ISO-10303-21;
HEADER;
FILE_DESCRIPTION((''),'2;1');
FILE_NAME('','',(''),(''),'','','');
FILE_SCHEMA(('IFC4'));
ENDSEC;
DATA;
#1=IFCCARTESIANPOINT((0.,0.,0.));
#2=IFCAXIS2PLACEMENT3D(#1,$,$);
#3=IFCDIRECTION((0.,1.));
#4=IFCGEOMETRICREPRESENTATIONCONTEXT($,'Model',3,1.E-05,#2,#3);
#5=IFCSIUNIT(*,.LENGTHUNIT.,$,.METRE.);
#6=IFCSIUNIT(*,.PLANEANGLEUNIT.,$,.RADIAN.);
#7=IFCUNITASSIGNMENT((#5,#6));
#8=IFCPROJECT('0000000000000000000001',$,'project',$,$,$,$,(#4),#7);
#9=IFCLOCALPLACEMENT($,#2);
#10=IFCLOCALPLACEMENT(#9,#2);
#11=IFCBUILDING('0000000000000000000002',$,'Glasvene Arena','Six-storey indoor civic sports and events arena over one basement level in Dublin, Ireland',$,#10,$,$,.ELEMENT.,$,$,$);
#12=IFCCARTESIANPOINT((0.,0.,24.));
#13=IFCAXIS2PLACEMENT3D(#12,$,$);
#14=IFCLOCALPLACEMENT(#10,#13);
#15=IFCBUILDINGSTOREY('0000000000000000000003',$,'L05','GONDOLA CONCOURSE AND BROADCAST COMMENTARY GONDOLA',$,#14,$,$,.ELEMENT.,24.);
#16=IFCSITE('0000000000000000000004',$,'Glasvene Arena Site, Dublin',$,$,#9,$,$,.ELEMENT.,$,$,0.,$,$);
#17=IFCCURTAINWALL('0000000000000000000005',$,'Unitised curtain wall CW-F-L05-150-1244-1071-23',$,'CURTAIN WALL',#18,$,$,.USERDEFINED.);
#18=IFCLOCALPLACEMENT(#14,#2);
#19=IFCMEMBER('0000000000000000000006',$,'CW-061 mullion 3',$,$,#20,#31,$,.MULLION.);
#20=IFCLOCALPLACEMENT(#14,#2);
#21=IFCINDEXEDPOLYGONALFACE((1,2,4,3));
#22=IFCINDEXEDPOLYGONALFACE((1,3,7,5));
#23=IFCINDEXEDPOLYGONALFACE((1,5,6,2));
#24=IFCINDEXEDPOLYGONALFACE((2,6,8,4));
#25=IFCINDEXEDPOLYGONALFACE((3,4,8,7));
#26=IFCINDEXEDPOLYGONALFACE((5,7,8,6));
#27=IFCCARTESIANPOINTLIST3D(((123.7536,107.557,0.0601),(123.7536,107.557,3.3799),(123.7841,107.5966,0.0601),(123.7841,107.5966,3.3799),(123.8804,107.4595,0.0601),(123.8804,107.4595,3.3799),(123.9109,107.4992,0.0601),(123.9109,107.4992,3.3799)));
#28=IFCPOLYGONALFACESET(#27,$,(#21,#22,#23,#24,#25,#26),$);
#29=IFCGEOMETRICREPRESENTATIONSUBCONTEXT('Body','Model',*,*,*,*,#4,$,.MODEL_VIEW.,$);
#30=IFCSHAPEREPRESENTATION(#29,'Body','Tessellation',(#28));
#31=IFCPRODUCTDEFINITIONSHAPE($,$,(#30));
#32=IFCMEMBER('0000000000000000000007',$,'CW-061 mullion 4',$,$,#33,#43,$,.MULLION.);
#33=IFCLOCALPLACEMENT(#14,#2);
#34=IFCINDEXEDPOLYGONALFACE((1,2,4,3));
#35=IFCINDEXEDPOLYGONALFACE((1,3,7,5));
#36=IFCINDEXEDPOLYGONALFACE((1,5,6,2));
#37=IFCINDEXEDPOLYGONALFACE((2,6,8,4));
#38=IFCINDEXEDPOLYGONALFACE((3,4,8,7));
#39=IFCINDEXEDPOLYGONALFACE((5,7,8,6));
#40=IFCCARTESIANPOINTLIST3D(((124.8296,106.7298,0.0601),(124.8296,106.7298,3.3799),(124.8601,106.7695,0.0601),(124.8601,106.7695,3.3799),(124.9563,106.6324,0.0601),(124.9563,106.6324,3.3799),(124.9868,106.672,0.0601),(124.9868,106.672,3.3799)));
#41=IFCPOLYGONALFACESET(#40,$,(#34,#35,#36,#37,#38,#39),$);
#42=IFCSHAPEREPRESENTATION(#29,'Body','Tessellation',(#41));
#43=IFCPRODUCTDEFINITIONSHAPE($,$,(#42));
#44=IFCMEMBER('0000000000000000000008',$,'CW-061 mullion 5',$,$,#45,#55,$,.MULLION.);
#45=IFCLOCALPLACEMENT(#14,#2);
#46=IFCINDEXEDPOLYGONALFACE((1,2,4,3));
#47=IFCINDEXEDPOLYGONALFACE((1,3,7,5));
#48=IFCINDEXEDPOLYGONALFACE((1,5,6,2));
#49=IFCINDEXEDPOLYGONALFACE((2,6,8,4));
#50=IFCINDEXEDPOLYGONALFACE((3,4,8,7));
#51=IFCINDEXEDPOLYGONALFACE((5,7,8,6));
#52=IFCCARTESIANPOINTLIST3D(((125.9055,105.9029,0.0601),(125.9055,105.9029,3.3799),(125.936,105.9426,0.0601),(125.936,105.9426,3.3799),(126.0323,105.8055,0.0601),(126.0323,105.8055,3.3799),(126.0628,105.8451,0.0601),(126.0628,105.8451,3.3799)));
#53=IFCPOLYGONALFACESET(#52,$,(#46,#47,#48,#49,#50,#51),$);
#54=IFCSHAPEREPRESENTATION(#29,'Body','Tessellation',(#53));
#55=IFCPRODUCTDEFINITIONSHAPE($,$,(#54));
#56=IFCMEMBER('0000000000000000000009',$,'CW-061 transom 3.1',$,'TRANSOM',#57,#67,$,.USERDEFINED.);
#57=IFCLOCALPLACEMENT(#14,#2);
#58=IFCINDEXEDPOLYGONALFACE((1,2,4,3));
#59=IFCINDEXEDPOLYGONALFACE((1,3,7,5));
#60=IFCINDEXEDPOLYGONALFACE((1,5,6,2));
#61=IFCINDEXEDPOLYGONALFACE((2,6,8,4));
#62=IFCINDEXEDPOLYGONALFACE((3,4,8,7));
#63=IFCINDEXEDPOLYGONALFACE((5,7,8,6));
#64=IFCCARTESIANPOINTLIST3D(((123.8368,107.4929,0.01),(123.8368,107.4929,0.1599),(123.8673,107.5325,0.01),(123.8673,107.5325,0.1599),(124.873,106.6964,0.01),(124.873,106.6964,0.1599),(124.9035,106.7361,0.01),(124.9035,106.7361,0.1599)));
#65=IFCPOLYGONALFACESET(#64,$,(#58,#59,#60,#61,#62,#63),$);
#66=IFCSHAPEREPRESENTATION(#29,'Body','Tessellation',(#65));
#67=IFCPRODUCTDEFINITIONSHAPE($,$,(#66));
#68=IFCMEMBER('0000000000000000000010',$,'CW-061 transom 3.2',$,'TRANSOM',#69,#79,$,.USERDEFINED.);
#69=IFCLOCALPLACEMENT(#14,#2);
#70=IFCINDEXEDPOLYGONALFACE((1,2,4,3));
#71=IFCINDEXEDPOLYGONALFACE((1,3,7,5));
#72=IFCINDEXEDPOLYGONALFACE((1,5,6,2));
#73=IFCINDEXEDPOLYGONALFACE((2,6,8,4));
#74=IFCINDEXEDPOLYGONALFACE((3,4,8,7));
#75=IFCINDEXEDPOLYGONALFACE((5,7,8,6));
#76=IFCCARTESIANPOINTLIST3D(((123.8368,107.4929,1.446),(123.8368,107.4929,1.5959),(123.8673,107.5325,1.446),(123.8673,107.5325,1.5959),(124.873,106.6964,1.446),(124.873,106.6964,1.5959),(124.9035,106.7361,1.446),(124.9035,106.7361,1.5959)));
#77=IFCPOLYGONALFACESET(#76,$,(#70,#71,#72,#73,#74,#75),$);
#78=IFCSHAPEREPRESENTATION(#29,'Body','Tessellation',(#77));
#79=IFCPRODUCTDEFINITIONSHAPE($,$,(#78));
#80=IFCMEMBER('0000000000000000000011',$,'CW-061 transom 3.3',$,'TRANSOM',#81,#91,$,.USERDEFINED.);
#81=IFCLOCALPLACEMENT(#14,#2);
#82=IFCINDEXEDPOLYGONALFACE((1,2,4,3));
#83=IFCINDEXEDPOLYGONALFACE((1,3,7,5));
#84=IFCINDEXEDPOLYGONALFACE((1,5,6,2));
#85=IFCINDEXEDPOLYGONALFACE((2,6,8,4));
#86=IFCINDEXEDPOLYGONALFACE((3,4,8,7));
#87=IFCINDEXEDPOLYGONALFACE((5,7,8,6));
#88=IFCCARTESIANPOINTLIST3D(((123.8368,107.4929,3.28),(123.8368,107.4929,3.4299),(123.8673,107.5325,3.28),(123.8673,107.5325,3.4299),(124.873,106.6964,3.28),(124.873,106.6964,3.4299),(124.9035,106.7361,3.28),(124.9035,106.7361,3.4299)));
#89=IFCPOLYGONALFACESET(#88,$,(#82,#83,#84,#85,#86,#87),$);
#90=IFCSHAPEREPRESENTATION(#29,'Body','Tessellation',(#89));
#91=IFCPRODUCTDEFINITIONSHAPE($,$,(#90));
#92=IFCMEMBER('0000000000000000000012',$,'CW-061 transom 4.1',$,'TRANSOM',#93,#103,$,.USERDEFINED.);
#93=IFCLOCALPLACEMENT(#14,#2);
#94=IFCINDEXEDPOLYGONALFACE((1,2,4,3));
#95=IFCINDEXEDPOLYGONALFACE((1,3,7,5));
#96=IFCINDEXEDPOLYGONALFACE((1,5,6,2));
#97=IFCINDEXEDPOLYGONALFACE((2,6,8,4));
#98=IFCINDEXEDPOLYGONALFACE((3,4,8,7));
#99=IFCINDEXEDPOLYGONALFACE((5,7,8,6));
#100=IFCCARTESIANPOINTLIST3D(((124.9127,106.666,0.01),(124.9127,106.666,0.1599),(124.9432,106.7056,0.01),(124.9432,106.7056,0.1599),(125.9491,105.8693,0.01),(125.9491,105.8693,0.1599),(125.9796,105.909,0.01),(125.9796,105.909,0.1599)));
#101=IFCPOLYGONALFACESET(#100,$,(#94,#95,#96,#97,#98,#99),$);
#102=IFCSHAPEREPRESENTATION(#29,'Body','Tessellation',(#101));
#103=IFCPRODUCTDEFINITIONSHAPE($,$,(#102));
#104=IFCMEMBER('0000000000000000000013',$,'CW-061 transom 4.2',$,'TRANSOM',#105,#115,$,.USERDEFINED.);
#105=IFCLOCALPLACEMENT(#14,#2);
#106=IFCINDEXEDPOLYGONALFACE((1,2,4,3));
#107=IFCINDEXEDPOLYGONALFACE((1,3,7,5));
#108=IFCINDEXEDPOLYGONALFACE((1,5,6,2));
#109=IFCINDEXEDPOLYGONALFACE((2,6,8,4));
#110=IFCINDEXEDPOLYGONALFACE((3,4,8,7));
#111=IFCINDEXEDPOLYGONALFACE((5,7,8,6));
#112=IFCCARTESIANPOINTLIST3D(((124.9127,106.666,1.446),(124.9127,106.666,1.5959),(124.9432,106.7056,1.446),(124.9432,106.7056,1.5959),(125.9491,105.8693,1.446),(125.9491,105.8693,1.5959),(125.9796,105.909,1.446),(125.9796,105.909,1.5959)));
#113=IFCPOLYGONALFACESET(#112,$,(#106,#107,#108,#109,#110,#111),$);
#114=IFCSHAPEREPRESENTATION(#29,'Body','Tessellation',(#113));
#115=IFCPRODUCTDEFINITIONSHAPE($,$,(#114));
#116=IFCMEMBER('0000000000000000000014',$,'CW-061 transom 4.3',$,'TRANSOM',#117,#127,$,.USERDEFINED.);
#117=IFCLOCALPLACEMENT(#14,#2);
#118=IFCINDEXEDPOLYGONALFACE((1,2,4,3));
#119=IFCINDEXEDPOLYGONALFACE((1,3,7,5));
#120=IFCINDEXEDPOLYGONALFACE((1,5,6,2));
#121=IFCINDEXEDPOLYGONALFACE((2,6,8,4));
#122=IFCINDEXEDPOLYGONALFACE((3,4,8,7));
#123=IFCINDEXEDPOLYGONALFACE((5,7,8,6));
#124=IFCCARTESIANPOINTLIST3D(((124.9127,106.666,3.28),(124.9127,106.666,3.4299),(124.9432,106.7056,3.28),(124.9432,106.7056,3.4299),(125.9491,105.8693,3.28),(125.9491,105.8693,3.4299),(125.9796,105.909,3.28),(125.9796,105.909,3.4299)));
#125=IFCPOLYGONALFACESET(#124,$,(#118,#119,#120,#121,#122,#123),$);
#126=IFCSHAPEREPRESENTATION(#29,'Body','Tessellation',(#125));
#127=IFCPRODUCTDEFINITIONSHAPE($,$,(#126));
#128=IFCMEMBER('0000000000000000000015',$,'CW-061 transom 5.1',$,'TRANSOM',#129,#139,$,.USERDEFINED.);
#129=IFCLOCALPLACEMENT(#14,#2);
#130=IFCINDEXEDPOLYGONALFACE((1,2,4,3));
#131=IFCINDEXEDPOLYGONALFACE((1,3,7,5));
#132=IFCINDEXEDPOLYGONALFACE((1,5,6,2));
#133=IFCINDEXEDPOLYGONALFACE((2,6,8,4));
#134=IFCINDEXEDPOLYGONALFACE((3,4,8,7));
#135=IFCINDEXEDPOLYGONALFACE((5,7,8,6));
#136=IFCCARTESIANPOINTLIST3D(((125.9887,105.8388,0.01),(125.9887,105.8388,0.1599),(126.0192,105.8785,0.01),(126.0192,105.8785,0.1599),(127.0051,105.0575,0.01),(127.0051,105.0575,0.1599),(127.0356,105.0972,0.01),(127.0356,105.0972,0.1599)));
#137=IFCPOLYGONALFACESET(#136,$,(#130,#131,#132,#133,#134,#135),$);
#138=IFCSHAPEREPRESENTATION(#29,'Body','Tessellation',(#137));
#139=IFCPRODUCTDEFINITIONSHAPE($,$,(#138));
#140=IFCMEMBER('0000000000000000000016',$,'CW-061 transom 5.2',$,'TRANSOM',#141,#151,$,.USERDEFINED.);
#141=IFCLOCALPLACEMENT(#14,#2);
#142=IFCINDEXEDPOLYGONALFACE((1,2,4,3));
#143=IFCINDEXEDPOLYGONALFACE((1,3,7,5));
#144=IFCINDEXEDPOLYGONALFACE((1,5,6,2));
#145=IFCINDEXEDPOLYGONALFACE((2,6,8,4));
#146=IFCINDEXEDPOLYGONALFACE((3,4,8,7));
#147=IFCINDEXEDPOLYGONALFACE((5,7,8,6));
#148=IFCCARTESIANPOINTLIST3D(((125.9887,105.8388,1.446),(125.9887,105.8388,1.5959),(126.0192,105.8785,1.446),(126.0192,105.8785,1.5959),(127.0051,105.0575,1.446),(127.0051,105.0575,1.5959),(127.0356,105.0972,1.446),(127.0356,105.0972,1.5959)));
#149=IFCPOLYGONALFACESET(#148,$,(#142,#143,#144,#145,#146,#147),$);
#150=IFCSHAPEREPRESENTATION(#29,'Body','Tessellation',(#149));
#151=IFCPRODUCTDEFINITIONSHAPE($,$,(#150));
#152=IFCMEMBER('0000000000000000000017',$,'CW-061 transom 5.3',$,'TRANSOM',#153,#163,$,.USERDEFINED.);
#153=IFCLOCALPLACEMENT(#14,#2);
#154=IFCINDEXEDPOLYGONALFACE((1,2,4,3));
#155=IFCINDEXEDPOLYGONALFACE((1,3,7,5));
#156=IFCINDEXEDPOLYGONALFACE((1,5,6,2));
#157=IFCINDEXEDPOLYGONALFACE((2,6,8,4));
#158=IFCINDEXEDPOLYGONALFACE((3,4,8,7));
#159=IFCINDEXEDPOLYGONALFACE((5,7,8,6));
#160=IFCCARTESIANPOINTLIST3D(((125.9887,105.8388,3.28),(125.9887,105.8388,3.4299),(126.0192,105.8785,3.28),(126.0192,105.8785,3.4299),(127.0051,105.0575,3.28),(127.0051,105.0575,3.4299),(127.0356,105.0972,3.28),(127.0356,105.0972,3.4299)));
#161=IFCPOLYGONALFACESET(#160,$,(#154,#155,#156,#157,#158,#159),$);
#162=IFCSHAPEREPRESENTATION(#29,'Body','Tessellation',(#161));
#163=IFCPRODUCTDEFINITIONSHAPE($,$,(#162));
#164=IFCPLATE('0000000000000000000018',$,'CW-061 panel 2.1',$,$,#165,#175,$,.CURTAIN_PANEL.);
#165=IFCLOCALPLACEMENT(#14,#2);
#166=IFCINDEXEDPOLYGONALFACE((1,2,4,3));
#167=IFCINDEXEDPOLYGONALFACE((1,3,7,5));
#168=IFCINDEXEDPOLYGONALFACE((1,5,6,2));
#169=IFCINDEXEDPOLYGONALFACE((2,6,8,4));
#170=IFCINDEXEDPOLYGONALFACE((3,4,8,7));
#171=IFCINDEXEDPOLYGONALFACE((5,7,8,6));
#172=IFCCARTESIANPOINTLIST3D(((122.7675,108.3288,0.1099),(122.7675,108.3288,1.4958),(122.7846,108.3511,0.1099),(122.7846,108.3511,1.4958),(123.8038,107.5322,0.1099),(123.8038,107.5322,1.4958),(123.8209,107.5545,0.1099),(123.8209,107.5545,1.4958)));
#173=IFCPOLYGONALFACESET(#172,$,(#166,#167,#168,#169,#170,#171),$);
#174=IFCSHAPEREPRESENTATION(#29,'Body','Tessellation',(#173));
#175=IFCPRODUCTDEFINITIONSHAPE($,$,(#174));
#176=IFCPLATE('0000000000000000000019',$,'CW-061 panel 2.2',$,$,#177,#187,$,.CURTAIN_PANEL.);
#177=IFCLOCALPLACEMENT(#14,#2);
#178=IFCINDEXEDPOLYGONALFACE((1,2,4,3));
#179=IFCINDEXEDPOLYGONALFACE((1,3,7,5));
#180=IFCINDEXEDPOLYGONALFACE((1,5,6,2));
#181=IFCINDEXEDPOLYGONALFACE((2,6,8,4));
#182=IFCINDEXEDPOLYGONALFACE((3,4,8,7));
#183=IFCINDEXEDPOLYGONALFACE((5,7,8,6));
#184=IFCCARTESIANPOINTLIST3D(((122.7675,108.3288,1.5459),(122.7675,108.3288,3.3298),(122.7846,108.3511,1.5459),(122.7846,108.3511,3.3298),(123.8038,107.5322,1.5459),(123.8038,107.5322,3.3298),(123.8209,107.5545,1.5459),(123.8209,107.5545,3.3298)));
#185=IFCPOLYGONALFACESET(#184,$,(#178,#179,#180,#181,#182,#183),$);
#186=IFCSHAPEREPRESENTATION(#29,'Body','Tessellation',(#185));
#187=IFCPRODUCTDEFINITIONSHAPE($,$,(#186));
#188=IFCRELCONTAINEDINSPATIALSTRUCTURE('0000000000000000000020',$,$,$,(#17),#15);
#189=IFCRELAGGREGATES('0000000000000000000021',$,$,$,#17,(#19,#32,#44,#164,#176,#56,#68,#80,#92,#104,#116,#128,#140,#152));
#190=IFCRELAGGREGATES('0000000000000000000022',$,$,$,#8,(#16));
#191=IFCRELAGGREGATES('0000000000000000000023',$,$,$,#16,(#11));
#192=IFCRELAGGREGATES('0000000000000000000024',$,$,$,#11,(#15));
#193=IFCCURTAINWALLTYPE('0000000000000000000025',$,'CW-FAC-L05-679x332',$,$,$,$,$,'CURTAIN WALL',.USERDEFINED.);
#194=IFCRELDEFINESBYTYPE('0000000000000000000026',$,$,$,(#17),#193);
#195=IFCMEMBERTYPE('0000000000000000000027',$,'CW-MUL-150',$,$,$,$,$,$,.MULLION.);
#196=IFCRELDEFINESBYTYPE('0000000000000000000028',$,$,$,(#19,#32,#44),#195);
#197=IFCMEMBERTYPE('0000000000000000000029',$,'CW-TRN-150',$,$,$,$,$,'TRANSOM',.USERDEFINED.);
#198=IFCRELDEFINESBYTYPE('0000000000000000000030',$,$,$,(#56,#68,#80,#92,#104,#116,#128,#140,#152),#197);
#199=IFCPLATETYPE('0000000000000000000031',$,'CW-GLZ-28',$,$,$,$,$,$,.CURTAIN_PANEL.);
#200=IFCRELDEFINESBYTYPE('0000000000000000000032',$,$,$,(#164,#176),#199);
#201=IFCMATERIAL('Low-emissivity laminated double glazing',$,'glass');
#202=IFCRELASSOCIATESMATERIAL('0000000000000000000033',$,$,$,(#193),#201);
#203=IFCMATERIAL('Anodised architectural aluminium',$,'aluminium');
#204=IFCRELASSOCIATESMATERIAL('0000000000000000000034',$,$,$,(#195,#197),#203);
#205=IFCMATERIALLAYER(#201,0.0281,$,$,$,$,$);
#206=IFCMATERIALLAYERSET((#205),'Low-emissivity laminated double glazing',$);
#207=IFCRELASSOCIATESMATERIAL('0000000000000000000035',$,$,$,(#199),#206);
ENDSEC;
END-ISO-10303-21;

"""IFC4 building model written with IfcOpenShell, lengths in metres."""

from ifc_helpers import new_model, si_unit, direction, frame, origin, origin_2d, place, context, subcontext, project, spatial, rectangle, extrude, material, layer, layer_set, material_profile, profile_set, type_object, element, aggregate, save


model = new_model("IFC4")

# Units and contexts
model_context = context("Model", 3, precision=1e-05, world=origin(), true_north=direction((0.0, 1.0)))
body_context = subcontext(model_context, "Body", "Model", "MODEL_VIEW")
ifc_project = project(units=[si_unit("LENGTHUNIT", "METRE"), si_unit("PLANEANGLEUNIT", "RADIAN")], contexts=[model_context])

# Site, building, storey
site_placement = place(None, origin())
site = spatial("IfcSite", under=ifc_project, at=site_placement, Name="Glasvene Arena Site, Dublin", CompositionType="ELEMENT", RefElevation=0.0)
building_placement = place(site_placement, origin())
building = spatial("IfcBuilding", under=site, at=building_placement, Name="Glasvene Arena", Description="Six-storey indoor civic sports and events arena over one basement level in Dublin, Ireland", CompositionType="ELEMENT")
storey_placement = place(building_placement, frame((0.0, 0.0, 24.0)))
storey = spatial("IfcBuildingStorey", under=building, at=storey_placement, Name="L05", Description="GONDOLA CONCOURSE AND BROADCAST COMMENTARY GONDOLA", CompositionType="ELEMENT", Elevation=24.0)

# Curtain wall, members, plates
ifc_material_1 = material(Name="Low-emissivity laminated double glazing", Category="glass")
curtain_wall_type = type_object("IfcCurtainWallType", Name="CW-FAC-L05-679x332", ElementType="CURTAIN WALL", PredefinedType="USERDEFINED", material=ifc_material_1)
curtain_wall_placement = place(storey_placement, frame((121.6804, 109.1821, 0.0)))
curtain_wall = element("IfcCurtainWall", 1, at=curtain_wall_placement, inside=storey, type_object=curtain_wall_type, Name="Unitised curtain wall CW-F-L05-150-1244-1071-23", ObjectType="CURTAIN WALL", PredefinedType="USERDEFINED")
ifc_material_2 = material(Name="Anodised architectural aluminium", Category="aluminium")
ifc_material_profile_1 = material_profile(ifc_material_2, rectangle(XDim=0.05, YDim=0.1599, at=origin_2d()), Name="ALU MULLION 50x160")
ifc_profile_set_1 = profile_set([ifc_material_profile_1], Name="Anodised architectural aluminium")
member_type_1 = type_object("IfcMemberType", Name="CW-MUL-150", PredefinedType="MULLION", material=ifc_profile_set_1)
member_1_placement = place(storey_placement, frame((123.8323, 107.5281, 0.0601), z_axis=(0.0, 0.0, 1.0), x_axis=(0.60943, 0.79284, 0.0)))
member_1 = element("IfcMember", 2, at=member_1_placement, type_object=member_type_1, Name="CW-061 mullion 3", PredefinedType="MULLION", context=body_context, shape_type="SweptSolid", body=[
    extrude(rectangle(XDim=0.05, YDim=0.1599, at=origin_2d()), origin(), (0.0, 0.0, 1.0), 3.3198),
])
member_2_placement = place(storey_placement, frame((124.9082, 106.7009, 0.0601), z_axis=(0.0, 0.0, 1.0), x_axis=(0.60943, 0.79284, 0.0)))
member_2 = element("IfcMember", 3, at=member_2_placement, type_object=member_type_1, Name="CW-061 mullion 4", PredefinedType="MULLION", context=body_context, shape_type="SweptSolid", body=[
    extrude(rectangle(XDim=0.05, YDim=0.1599, at=origin_2d()), origin(), (0.0, 0.0, 1.0), 3.3198),
])
member_3_placement = place(storey_placement, frame((125.9841, 105.874, 0.0601), z_axis=(0.0, 0.0, 1.0), x_axis=(0.60943, 0.79284, 0.0)))
member_3 = element("IfcMember", 4, at=member_3_placement, type_object=member_type_1, Name="CW-061 mullion 5", PredefinedType="MULLION", context=body_context, shape_type="SweptSolid", body=[
    extrude(rectangle(XDim=0.05, YDim=0.1599, at=origin_2d()), origin(), (0.0, 0.0, 1.0), 3.3198),
])
ifc_material_profile_2 = material_profile(ifc_material_2, rectangle(XDim=0.05, YDim=0.1499, at=origin_2d()), Name="ALU TRANSOM 50x150")
ifc_profile_set_2 = profile_set([ifc_material_profile_2], Name="Anodised architectural aluminium")
member_type_2 = type_object("IfcMemberType", Name="CW-TRN-150", ElementType="TRANSOM", PredefinedType="USERDEFINED", material=ifc_profile_set_2)
member_4_placement = place(storey_placement, frame((123.8521, 107.5127, 0.085), z_axis=(0.79286, -0.609404, 0.0), x_axis=(0.609404, 0.79286, 0.0)))
member_4 = element("IfcMember", 5, at=member_4_placement, type_object=member_type_2, Name="CW-061 transom 3.1", ObjectType="TRANSOM", PredefinedType="USERDEFINED", context=body_context, shape_type="SweptSolid", body=[
    extrude(rectangle(XDim=0.05, YDim=0.1499, at=origin_2d()), origin(), (0.0, 0.0, 1.0), 1.3069),
])
member_5_placement = place(storey_placement, frame((123.8521, 107.5127, 1.521), z_axis=(0.79286, -0.609404, 0.0), x_axis=(0.609404, 0.79286, 0.0)))
member_5 = element("IfcMember", 6, at=member_5_placement, type_object=member_type_2, Name="CW-061 transom 3.2", ObjectType="TRANSOM", PredefinedType="USERDEFINED", context=body_context, shape_type="SweptSolid", body=[
    extrude(rectangle(XDim=0.05, YDim=0.1499, at=origin_2d()), origin(), (0.0, 0.0, 1.0), 1.3069),
])
member_6_placement = place(storey_placement, frame((123.8521, 107.5127, 3.355), z_axis=(0.79286, -0.609404, 0.0), x_axis=(0.609404, 0.79286, 0.0)))
member_6 = element("IfcMember", 7, at=member_6_placement, type_object=member_type_2, Name="CW-061 transom 3.3", ObjectType="TRANSOM", PredefinedType="USERDEFINED", context=body_context, shape_type="SweptSolid", body=[
    extrude(rectangle(XDim=0.05, YDim=0.1499, at=origin_2d()), origin(), (0.0, 0.0, 1.0), 1.3069),
])
member_7_placement = place(storey_placement, frame((124.928, 106.6858, 0.085), z_axis=(0.792839, -0.609431, 0.0), x_axis=(0.609431, 0.792839, 0.0)))
member_7 = element("IfcMember", 8, at=member_7_placement, type_object=member_type_2, Name="CW-061 transom 4.1", ObjectType="TRANSOM", PredefinedType="USERDEFINED", context=body_context, shape_type="SweptSolid", body=[
    extrude(rectangle(XDim=0.05, YDim=0.1499, at=origin_2d()), origin(), (0.0, 0.0, 1.0), 1.3071),
])
member_8_placement = place(storey_placement, frame((124.928, 106.6858, 1.521), z_axis=(0.792839, -0.609431, 0.0), x_axis=(0.609431, 0.792839, 0.0)))
member_8 = element("IfcMember", 9, at=member_8_placement, type_object=member_type_2, Name="CW-061 transom 4.2", ObjectType="TRANSOM", PredefinedType="USERDEFINED", context=body_context, shape_type="SweptSolid", body=[
    extrude(rectangle(XDim=0.05, YDim=0.1499, at=origin_2d()), origin(), (0.0, 0.0, 1.0), 1.3071),
])
member_9_placement = place(storey_placement, frame((124.928, 106.6858, 3.355), z_axis=(0.792839, -0.609431, 0.0), x_axis=(0.609431, 0.792839, 0.0)))
member_9 = element("IfcMember", 10, at=member_9_placement, type_object=member_type_2, Name="CW-061 transom 4.3", ObjectType="TRANSOM", PredefinedType="USERDEFINED", context=body_context, shape_type="SweptSolid", body=[
    extrude(rectangle(XDim=0.05, YDim=0.1499, at=origin_2d()), origin(), (0.0, 0.0, 1.0), 1.3071),
])
member_10_placement = place(storey_placement, frame((126.0039, 105.8586, 0.085), z_axis=(0.792836, -0.609435, 0.0), x_axis=(0.609435, 0.792836, 0.0)))
member_10 = element("IfcMember", 11, at=member_10_placement, type_object=member_type_2, Name="CW-061 transom 5.1", ObjectType="TRANSOM", PredefinedType="USERDEFINED", context=body_context, shape_type="SweptSolid", body=[
    extrude(rectangle(XDim=0.05, YDim=0.1499, at=origin_2d()), origin(), (0.0, 0.0, 1.0), 1.282),
])
member_11_placement = place(storey_placement, frame((126.0039, 105.8586, 1.521), z_axis=(0.792836, -0.609435, 0.0), x_axis=(0.609435, 0.792836, 0.0)))
member_11 = element("IfcMember", 12, at=member_11_placement, type_object=member_type_2, Name="CW-061 transom 5.2", ObjectType="TRANSOM", PredefinedType="USERDEFINED", context=body_context, shape_type="SweptSolid", body=[
    extrude(rectangle(XDim=0.05, YDim=0.1499, at=origin_2d()), origin(), (0.0, 0.0, 1.0), 1.282),
])
member_12_placement = place(storey_placement, frame((126.0039, 105.8586, 3.355), z_axis=(0.792836, -0.609435, 0.0), x_axis=(0.609435, 0.792836, 0.0)))
member_12 = element("IfcMember", 13, at=member_12_placement, type_object=member_type_2, Name="CW-061 transom 5.3", ObjectType="TRANSOM", PredefinedType="USERDEFINED", context=body_context, shape_type="SweptSolid", body=[
    extrude(rectangle(XDim=0.05, YDim=0.1499, at=origin_2d()), origin(), (0.0, 0.0, 1.0), 1.282),
])
ifc_layer = layer(ifc_material_1, 0.0281)
ifc_layer_set = layer_set([ifc_layer], Name="Low-emissivity laminated double glazing")
plate_type = type_object("IfcPlateType", Name="CW-GLZ-28", PredefinedType="CURTAIN_PANEL", material=ifc_layer_set)
plate_1_placement = place(storey_placement, frame((123.2942, 107.9417, 0.1099), z_axis=(0.0, 0.0, 1.0), x_axis=(0.79284, -0.60943, 0.0)))
plate_1 = element("IfcPlate", 14, at=plate_1_placement, type_object=plate_type, Name="CW-061 panel 2.1", PredefinedType="CURTAIN_PANEL", context=body_context, shape_type="SweptSolid", body=[
    extrude(rectangle(XDim=1.3071, YDim=0.0281, at=origin_2d()), origin(), (0.0, 0.0, 1.0), 1.386),
])
plate_2_placement = place(storey_placement, frame((123.2942, 107.9417, 1.5459), z_axis=(0.0, 0.0, 1.0), x_axis=(0.79284, -0.60943, 0.0)))
plate_2 = element("IfcPlate", 15, at=plate_2_placement, type_object=plate_type, Name="CW-061 panel 2.2", PredefinedType="CURTAIN_PANEL", context=body_context, shape_type="SweptSolid", body=[
    extrude(rectangle(XDim=1.3071, YDim=0.0281, at=origin_2d()), origin(), (0.0, 0.0, 1.0), 1.7839),
])
aggregate(curtain_wall, [member_1, member_2, member_3, plate_1, plate_2, member_4, member_5, member_6, member_7, member_8, member_9, member_10, member_11, member_12])

save(model, "model.ifc")
